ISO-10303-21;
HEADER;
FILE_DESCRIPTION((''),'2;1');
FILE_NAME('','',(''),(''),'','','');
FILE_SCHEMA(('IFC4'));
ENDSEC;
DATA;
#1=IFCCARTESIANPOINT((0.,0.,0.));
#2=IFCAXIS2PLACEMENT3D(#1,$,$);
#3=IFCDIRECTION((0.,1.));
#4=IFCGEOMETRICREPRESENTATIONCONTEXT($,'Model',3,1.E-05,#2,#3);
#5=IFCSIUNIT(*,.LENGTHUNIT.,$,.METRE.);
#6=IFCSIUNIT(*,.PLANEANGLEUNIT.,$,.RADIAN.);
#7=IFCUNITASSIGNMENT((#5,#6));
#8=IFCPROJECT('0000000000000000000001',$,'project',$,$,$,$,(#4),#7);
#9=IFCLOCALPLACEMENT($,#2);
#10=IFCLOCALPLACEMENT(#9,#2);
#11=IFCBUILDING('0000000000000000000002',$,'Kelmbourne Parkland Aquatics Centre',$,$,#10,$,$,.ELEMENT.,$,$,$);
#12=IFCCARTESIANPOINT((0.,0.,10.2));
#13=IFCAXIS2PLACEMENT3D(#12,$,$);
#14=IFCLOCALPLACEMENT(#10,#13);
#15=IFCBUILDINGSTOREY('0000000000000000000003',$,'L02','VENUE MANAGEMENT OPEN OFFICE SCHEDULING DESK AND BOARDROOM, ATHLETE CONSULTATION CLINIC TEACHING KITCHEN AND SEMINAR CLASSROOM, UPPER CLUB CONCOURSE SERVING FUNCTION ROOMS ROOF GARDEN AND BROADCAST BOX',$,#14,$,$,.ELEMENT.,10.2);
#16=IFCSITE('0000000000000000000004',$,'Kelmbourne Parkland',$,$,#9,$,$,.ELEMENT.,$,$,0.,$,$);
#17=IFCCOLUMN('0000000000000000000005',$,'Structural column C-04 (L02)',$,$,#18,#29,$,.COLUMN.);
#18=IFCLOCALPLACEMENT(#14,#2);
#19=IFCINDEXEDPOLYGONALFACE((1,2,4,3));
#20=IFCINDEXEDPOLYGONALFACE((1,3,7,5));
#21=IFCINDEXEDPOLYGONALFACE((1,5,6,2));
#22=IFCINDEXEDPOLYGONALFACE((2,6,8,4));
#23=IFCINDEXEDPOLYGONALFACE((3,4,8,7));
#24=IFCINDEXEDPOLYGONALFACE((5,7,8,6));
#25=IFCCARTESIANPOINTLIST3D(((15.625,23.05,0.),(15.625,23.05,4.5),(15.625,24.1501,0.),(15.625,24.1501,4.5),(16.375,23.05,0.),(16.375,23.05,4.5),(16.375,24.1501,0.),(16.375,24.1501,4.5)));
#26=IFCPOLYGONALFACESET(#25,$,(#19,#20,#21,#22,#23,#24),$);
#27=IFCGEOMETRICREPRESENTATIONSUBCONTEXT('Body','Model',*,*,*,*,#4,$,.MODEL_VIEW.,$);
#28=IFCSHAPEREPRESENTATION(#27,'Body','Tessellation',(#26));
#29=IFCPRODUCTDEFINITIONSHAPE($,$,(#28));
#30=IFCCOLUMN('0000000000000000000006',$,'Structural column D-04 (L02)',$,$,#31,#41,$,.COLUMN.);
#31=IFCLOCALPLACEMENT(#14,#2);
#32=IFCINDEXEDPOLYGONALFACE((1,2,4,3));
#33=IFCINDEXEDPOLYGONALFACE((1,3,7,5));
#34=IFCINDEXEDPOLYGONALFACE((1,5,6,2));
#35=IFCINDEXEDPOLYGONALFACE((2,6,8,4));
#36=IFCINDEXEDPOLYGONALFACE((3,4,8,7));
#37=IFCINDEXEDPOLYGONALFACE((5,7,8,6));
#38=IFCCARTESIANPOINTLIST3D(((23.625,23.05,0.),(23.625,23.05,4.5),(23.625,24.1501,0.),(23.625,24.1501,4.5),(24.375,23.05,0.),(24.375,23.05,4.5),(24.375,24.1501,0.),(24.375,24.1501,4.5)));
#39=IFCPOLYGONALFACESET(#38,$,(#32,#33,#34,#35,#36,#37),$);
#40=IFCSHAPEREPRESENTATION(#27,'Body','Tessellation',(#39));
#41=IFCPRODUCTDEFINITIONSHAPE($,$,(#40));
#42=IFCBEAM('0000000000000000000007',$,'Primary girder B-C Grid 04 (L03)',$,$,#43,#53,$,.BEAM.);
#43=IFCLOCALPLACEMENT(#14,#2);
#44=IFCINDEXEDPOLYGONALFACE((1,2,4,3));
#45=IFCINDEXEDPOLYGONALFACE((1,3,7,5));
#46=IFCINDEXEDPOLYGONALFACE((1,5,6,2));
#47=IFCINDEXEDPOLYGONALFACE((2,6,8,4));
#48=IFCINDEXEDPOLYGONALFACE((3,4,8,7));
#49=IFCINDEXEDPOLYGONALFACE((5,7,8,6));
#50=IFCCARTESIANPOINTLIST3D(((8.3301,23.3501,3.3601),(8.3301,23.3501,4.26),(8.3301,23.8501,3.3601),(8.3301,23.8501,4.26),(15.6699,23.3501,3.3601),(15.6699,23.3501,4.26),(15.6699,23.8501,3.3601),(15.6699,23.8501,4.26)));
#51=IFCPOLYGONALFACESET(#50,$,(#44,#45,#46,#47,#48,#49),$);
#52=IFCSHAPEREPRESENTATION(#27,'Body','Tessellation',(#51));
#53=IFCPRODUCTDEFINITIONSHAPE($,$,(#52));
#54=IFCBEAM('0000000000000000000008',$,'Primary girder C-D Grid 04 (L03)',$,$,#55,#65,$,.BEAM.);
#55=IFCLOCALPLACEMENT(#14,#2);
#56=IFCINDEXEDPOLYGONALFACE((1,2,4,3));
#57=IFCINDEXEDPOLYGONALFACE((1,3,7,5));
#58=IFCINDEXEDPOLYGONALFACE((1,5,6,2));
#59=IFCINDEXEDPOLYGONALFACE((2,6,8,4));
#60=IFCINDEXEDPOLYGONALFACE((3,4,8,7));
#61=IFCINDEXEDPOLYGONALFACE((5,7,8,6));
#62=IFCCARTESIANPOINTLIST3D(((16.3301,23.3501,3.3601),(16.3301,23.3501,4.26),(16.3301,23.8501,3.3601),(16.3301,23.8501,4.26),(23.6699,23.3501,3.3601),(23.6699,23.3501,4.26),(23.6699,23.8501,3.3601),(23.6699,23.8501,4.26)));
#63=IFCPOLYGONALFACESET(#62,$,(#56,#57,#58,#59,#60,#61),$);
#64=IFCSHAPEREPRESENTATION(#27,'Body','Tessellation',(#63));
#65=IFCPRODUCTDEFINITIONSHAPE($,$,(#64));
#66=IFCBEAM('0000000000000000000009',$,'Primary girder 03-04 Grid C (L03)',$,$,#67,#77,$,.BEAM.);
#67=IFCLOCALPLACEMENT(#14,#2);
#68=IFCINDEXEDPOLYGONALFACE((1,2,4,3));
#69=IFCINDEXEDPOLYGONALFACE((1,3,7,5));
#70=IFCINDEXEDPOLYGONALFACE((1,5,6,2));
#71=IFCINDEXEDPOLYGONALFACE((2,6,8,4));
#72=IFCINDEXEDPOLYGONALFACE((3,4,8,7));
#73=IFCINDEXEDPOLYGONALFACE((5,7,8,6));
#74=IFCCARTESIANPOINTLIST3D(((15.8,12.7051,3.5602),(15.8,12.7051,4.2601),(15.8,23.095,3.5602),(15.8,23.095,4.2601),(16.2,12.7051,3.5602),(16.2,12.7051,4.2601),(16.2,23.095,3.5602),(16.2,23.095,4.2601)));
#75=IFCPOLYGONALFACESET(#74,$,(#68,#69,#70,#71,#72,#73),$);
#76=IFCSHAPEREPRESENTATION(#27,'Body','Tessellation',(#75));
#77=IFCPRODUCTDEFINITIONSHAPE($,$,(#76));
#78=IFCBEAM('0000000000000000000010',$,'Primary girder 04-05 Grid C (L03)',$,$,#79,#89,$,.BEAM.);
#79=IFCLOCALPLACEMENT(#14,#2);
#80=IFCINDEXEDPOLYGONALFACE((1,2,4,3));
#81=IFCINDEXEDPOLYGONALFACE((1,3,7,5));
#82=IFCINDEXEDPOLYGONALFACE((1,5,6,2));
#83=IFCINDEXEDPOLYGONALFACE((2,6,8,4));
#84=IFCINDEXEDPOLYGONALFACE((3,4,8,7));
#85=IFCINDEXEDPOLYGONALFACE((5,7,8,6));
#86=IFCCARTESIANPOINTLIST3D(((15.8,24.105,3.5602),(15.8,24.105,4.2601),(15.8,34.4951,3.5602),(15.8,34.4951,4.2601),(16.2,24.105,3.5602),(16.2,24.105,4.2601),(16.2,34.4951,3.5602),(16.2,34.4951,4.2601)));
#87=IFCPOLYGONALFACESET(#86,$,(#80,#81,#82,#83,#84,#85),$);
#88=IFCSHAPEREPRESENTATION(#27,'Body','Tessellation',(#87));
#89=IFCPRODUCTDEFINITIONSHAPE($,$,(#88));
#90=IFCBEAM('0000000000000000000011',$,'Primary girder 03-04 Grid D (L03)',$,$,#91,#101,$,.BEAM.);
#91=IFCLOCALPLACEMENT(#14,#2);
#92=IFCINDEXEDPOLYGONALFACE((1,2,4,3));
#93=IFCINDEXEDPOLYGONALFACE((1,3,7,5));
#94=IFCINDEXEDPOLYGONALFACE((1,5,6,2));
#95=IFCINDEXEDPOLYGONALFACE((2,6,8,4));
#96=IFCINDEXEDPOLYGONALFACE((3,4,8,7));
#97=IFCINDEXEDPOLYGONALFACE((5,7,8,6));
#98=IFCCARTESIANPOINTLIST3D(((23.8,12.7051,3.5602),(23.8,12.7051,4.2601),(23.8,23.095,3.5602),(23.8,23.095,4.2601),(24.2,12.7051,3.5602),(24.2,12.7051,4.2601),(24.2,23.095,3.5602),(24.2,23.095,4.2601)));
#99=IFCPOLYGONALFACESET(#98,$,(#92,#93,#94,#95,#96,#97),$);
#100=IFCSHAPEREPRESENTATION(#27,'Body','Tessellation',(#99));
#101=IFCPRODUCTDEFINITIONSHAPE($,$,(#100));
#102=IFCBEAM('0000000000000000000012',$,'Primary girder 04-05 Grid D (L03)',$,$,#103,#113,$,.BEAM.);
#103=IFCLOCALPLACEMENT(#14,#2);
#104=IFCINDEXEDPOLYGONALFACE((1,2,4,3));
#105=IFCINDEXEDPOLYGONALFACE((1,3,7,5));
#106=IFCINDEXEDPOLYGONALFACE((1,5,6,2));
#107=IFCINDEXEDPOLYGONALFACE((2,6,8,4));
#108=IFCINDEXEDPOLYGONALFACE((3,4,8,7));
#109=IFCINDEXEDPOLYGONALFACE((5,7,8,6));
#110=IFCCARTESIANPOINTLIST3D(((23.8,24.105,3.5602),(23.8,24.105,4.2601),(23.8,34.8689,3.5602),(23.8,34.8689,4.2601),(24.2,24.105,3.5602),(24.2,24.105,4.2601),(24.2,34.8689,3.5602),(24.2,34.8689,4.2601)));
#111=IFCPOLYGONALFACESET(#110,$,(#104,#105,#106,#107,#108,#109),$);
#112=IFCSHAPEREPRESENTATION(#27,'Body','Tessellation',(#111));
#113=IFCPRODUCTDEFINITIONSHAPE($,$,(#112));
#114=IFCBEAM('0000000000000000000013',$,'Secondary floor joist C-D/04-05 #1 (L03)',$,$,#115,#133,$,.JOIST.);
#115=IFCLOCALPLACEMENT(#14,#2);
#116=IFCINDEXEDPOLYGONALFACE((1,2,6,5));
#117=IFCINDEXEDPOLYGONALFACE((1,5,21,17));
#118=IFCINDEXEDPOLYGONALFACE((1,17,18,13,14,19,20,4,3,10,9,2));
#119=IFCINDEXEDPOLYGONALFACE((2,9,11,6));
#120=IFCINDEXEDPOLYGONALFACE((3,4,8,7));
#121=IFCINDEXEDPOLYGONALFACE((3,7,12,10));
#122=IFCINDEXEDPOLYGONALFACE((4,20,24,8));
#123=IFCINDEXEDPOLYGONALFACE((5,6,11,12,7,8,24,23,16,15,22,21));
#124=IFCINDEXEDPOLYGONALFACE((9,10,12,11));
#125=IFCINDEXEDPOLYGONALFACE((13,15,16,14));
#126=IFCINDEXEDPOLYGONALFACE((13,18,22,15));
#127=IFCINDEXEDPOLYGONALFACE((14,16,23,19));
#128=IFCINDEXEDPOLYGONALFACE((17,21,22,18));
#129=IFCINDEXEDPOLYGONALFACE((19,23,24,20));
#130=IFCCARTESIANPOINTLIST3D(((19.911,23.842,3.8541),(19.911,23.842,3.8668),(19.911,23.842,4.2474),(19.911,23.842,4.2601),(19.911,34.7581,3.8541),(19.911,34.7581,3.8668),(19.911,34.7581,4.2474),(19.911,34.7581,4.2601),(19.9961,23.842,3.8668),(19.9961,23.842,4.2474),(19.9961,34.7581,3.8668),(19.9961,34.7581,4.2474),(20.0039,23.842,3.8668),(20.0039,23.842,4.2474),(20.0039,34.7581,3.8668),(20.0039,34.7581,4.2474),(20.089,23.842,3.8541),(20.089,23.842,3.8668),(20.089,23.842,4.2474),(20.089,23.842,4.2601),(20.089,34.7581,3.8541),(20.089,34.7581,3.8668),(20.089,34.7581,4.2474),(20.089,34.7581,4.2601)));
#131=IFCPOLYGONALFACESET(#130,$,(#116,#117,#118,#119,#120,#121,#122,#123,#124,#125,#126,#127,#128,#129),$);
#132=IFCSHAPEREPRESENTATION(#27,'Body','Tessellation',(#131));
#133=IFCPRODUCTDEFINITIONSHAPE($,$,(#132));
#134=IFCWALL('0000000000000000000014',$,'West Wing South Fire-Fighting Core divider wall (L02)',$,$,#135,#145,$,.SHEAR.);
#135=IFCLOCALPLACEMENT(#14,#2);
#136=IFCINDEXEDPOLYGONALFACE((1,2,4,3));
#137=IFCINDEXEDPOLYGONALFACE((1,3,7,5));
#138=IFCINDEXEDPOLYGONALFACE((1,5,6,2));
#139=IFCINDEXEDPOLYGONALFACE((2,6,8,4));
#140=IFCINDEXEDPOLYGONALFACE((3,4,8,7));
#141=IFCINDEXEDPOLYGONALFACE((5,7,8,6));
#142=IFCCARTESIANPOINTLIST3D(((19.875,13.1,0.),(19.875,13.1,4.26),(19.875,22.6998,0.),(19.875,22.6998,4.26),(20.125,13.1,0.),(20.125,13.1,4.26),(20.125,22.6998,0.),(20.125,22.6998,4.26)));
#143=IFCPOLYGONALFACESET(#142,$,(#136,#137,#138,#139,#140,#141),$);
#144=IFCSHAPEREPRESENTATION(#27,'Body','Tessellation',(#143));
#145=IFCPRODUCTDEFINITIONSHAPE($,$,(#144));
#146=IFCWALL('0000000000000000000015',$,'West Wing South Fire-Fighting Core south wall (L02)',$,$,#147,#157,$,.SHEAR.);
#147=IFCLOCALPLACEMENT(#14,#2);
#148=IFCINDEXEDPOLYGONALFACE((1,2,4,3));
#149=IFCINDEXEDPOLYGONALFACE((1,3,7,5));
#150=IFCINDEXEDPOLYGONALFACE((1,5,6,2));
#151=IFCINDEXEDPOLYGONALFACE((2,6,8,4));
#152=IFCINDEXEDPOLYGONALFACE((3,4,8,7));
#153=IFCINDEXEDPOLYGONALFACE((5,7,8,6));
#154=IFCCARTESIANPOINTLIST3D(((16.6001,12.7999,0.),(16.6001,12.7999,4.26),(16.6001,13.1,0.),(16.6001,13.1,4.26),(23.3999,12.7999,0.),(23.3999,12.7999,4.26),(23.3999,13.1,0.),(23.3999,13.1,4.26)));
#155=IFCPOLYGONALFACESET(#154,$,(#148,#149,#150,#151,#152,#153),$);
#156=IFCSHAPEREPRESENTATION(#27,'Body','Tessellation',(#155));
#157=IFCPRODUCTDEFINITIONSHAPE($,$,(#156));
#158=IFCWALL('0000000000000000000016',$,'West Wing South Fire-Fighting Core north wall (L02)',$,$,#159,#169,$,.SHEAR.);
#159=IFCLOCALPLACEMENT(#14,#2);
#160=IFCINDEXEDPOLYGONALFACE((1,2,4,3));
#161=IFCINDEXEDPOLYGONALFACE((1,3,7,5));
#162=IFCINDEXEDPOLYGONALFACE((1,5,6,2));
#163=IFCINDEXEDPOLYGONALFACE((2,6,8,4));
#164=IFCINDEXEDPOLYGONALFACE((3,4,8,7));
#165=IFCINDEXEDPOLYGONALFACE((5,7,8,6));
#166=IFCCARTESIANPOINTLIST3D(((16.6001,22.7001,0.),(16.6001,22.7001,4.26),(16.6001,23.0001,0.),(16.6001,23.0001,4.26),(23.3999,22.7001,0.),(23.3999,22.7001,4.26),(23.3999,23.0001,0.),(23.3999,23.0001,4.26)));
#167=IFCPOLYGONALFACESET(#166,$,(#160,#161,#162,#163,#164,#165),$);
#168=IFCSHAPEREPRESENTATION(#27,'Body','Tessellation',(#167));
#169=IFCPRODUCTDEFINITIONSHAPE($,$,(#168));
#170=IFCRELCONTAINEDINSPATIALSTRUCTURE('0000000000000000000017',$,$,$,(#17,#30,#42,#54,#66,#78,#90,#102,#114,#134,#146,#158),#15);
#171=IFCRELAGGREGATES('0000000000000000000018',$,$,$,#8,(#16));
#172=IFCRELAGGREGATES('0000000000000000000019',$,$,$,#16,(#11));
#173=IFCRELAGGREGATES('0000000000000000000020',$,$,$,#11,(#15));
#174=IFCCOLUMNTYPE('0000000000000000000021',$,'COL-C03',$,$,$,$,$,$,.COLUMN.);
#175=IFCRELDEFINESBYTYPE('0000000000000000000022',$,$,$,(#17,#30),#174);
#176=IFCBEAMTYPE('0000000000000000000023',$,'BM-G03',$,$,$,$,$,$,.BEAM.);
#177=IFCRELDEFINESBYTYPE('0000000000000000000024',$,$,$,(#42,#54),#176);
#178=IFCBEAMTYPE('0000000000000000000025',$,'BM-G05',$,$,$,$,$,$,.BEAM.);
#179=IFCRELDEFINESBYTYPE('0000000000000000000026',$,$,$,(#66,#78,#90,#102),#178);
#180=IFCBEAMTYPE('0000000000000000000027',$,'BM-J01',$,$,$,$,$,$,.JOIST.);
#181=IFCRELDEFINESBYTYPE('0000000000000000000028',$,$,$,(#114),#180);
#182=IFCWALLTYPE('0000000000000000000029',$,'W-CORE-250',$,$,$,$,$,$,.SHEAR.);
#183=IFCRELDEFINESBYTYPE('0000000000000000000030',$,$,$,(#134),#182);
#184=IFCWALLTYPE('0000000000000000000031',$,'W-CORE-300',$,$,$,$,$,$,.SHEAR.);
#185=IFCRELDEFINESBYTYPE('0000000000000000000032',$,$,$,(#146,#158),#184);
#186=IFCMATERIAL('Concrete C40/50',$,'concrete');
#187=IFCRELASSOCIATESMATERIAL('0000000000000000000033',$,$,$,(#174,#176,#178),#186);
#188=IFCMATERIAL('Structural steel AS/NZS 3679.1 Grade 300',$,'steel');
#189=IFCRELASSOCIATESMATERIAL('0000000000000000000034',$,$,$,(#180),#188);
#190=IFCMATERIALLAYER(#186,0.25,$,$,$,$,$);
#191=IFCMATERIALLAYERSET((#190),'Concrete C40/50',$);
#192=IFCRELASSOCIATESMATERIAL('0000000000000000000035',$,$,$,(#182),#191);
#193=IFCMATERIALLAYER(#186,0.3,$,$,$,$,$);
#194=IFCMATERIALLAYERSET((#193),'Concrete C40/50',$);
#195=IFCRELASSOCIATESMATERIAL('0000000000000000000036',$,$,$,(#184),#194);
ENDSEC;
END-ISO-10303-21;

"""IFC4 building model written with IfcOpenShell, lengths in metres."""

from ifc_helpers import new_model, si_unit, direction, frame, frame_2d, origin, origin_2d, place, context, subcontext, project, spatial, rectangle, i_section, extrude, material, layer, layer_set, material_profile, profile_set, type_object, element, save


model = new_model("IFC4")

# Units and contexts
model_context = context("Model", 3, precision=1e-05, world=origin(), true_north=direction((0.0, 1.0)))
body_context = subcontext(model_context, "Body", "Model", "MODEL_VIEW")
ifc_project = project(units=[si_unit("LENGTHUNIT", "METRE"), si_unit("PLANEANGLEUNIT", "RADIAN")], contexts=[model_context])

# Site, building, storey
site_placement = place(None, origin())
site = spatial("IfcSite", under=ifc_project, at=site_placement, Name="Kelmbourne Parkland", CompositionType="ELEMENT", RefElevation=0.0)
building_placement = place(site_placement, origin())
building = spatial("IfcBuilding", under=site, at=building_placement, Name="Kelmbourne Parkland Aquatics Centre", CompositionType="ELEMENT")
storey_placement = place(building_placement, frame((0.0, 0.0, 10.2)))
storey = spatial("IfcBuildingStorey", under=building, at=storey_placement, Name="L02", Description="VENUE MANAGEMENT OPEN OFFICE SCHEDULING DESK AND BOARDROOM, ATHLETE CONSULTATION CLINIC TEACHING KITCHEN AND SEMINAR CLASSROOM, UPPER CLUB CONCOURSE SERVING FUNCTION ROOMS ROOF GARDEN AND BROADCAST BOX", CompositionType="ELEMENT", Elevation=10.2)

# Columns
ifc_material_1 = material(Name="Concrete C40/50", Category="concrete")
ifc_material_profile_1 = material_profile(ifc_material_1, rectangle(XDim=0.75, YDim=1.1001, at=origin_2d()), Name="RC 750x1100")
ifc_profile_set_1 = profile_set([ifc_material_profile_1], Name="Concrete C40/50")
column_type = type_object("IfcColumnType", Name="COL-C03", PredefinedType="COLUMN", material=ifc_profile_set_1)
for number, where, z_axis, x_axis, name in (
    (1, (16.0, 23.6001, 0.0), (0.0, 0.0, 1.0), (1.0, 0.0, 0.0), "Structural column C-04 (L02)"),
    (2, (24.0, 23.6001, 0.0), (0.0, 0.0, 1.0), (1.0, 0.0, 0.0), "Structural column D-04 (L02)"),
):
    element("IfcColumn", number, at=place(storey_placement, frame(where, z_axis=z_axis, x_axis=x_axis)), inside=storey, type_object=column_type, Name=name, PredefinedType="COLUMN", context=body_context, shape_type="SweptSolid", body=[
        extrude(rectangle(XDim=0.75, YDim=1.1001, at=origin_2d()), origin(), (0.0, 0.0, 1.0), 4.5),
    ])

# Beams
ifc_material_profile_2 = material_profile(ifc_material_1, rectangle(XDim=0.5, YDim=0.8999, at=origin_2d()), Name="RC 500x900")
ifc_profile_set_2 = profile_set([ifc_material_profile_2], Name="Concrete C40/50")
beam_type_1 = type_object("IfcBeamType", Name="BM-G03", PredefinedType="BEAM", material=ifc_profile_set_2)
for number, where, z_axis, x_axis, name in (
    (3, (8.3301, 23.6001, 3.8101), (1.0, 0.0, 0.0), (0.0, 1.0, 0.0), "Primary girder B-C Grid 04 (L03)"),
    (4, (16.3301, 23.6001, 3.8101), (1.0, 0.0, 0.0), (0.0, 1.0, 0.0), "Primary girder C-D Grid 04 (L03)"),
):
    element("IfcBeam", number, at=place(storey_placement, frame(where, z_axis=z_axis, x_axis=x_axis)), inside=storey, type_object=beam_type_1, Name=name, PredefinedType="BEAM", context=body_context, shape_type="SweptSolid", body=[
        extrude(rectangle(XDim=0.5, YDim=0.8999, at=origin_2d()), origin(), (0.0, 0.0, 1.0), 7.3398),
    ])
ifc_material_profile_3 = material_profile(ifc_material_1, rectangle(XDim=0.3999, YDim=0.7, at=origin_2d()), Name="RC 400x700")
ifc_profile_set_3 = profile_set([ifc_material_profile_3], Name="Concrete C40/50")
beam_type_2 = type_object("IfcBeamType", Name="BM-G05", PredefinedType="BEAM", material=ifc_profile_set_3)
beam_1_placement = place(storey_placement, frame((16.0, 12.7051, 3.9102), z_axis=(0.0, 1.0, 0.0), x_axis=(-1.0, 0.0, 0.0)))
element("IfcBeam", 5, at=beam_1_placement, inside=storey, type_object=beam_type_2, Name="Primary girder 03-04 Grid C (L03)", PredefinedType="BEAM", context=body_context, shape_type="SweptSolid", body=[
    extrude(rectangle(XDim=0.3999, YDim=0.7, at=origin_2d()), origin(), (0.0, 0.0, 1.0), 10.3899),
])
beam_2_placement = place(storey_placement, frame((16.0, 24.105, 3.9102), z_axis=(0.0, 1.0, 0.0), x_axis=(-1.0, 0.0, 0.0)))
element("IfcBeam", 6, at=beam_2_placement, inside=storey, type_object=beam_type_2, Name="Primary girder 04-05 Grid C (L03)", PredefinedType="BEAM", context=body_context, shape_type="SweptSolid", body=[
    extrude(rectangle(XDim=0.3999, YDim=0.7, at=origin_2d()), origin(), (0.0, 0.0, 1.0), 10.3901),
])
beam_3_placement = place(storey_placement, frame((24.0, 12.7051, 3.9102), z_axis=(0.0, 1.0, 0.0), x_axis=(-1.0, 0.0, 0.0)))
element("IfcBeam", 7, at=beam_3_placement, inside=storey, type_object=beam_type_2, Name="Primary girder 03-04 Grid D (L03)", PredefinedType="BEAM", context=body_context, shape_type="SweptSolid", body=[
    extrude(rectangle(XDim=0.3999, YDim=0.7, at=origin_2d()), origin(), (0.0, 0.0, 1.0), 10.3899),
])
beam_4_placement = place(storey_placement, frame((24.0, 24.105, 3.9102), z_axis=(0.0, 1.0, 0.0), x_axis=(-1.0, 0.0, 0.0)))
element("IfcBeam", 8, at=beam_4_placement, inside=storey, type_object=beam_type_2, Name="Primary girder 04-05 Grid D (L03)", PredefinedType="BEAM", context=body_context, shape_type="SweptSolid", body=[
    extrude(rectangle(XDim=0.3999, YDim=0.7, at=origin_2d()), origin(), (0.0, 0.0, 1.0), 10.7639),
])
ifc_material_2 = material(Name="Structural steel AS/NZS 3679.1 Grade 300", Category="steel")
ifc_material_profile_4 = material_profile(ifc_material_2, i_section(OverallWidth=0.178, OverallDepth=0.406, WebThickness=0.0078, FlangeThickness=0.0127, at=origin_2d()), Name="410UB59.7")
ifc_profile_set_4 = profile_set([ifc_material_profile_4], Name="Structural steel AS/NZS 3679.1 Grade 300")
beam_type_3 = type_object("IfcBeamType", Name="BM-J01", PredefinedType="JOIST", material=ifc_profile_set_4)
beam_5_placement = place(storey_placement, frame((20.0, 23.842, 4.0571), z_axis=(0.0, 1.0, 0.0), x_axis=(-1.0, 0.0, 0.0)))
element("IfcBeam", 9, at=beam_5_placement, inside=storey, type_object=beam_type_3, Name="Secondary floor joist C-D/04-05 #1 (L03)", PredefinedType="JOIST", context=body_context, shape_type="SweptSolid", body=[
    extrude(i_section(OverallWidth=0.178, OverallDepth=0.406, WebThickness=0.0078, FlangeThickness=0.0127, at=origin_2d()), origin(), (0.0, 0.0, 1.0), 10.916),
])

# Walls
ifc_layer_1 = layer(ifc_material_1, 0.25)
ifc_layer_set_1 = layer_set([ifc_layer_1], Name="Concrete C40/50")
wall_type_1 = type_object("IfcWallType", Name="W-CORE-250", PredefinedType="SHEAR", material=ifc_layer_set_1)
wall_1_placement = place(storey_placement, frame((20.0, 13.1001, 0.0), z_axis=(0.0, 0.0, 1.0), x_axis=(0.0, 1.0, 0.0)))
element("IfcWall", 10, at=wall_1_placement, inside=storey, type_object=wall_type_1, Name="West Wing South Fire-Fighting Core divider wall (L02)", PredefinedType="SHEAR", context=body_context, shape_type="SweptSolid", body=[
    extrude(rectangle(XDim=9.5999, YDim=0.25, at=frame_2d((4.7998, 0.0))), origin(), (0.0, 0.0, 1.0), 4.26),
])
ifc_layer_2 = layer(ifc_material_1, 0.3)
ifc_layer_set_2 = layer_set([ifc_layer_2], Name="Concrete C40/50")
wall_type_2 = type_object("IfcWallType", Name="W-CORE-300", PredefinedType="SHEAR", material=ifc_layer_set_2)
for number, where, z_axis, x_axis, name in (
    (11, (16.6001, 12.95, 0.0), (0.0, 0.0, 1.0), (1.0, 0.0, 0.0), "West Wing South Fire-Fighting Core south wall (L02)"),
    (12, (16.6001, 22.8501, 0.0), (0.0, 0.0, 1.0), (1.0, 0.0, 0.0), "West Wing South Fire-Fighting Core north wall (L02)"),
):
    element("IfcWall", number, at=place(storey_placement, frame(where, z_axis=z_axis, x_axis=x_axis)), inside=storey, type_object=wall_type_2, Name=name, PredefinedType="SHEAR", context=body_context, shape_type="SweptSolid", body=[
        extrude(rectangle(XDim=6.7998, YDim=0.3, at=frame_2d((3.3999, 0.0))), origin(), (0.0, 0.0, 1.0), 4.26),
    ])

save(model, "model.ifc")
